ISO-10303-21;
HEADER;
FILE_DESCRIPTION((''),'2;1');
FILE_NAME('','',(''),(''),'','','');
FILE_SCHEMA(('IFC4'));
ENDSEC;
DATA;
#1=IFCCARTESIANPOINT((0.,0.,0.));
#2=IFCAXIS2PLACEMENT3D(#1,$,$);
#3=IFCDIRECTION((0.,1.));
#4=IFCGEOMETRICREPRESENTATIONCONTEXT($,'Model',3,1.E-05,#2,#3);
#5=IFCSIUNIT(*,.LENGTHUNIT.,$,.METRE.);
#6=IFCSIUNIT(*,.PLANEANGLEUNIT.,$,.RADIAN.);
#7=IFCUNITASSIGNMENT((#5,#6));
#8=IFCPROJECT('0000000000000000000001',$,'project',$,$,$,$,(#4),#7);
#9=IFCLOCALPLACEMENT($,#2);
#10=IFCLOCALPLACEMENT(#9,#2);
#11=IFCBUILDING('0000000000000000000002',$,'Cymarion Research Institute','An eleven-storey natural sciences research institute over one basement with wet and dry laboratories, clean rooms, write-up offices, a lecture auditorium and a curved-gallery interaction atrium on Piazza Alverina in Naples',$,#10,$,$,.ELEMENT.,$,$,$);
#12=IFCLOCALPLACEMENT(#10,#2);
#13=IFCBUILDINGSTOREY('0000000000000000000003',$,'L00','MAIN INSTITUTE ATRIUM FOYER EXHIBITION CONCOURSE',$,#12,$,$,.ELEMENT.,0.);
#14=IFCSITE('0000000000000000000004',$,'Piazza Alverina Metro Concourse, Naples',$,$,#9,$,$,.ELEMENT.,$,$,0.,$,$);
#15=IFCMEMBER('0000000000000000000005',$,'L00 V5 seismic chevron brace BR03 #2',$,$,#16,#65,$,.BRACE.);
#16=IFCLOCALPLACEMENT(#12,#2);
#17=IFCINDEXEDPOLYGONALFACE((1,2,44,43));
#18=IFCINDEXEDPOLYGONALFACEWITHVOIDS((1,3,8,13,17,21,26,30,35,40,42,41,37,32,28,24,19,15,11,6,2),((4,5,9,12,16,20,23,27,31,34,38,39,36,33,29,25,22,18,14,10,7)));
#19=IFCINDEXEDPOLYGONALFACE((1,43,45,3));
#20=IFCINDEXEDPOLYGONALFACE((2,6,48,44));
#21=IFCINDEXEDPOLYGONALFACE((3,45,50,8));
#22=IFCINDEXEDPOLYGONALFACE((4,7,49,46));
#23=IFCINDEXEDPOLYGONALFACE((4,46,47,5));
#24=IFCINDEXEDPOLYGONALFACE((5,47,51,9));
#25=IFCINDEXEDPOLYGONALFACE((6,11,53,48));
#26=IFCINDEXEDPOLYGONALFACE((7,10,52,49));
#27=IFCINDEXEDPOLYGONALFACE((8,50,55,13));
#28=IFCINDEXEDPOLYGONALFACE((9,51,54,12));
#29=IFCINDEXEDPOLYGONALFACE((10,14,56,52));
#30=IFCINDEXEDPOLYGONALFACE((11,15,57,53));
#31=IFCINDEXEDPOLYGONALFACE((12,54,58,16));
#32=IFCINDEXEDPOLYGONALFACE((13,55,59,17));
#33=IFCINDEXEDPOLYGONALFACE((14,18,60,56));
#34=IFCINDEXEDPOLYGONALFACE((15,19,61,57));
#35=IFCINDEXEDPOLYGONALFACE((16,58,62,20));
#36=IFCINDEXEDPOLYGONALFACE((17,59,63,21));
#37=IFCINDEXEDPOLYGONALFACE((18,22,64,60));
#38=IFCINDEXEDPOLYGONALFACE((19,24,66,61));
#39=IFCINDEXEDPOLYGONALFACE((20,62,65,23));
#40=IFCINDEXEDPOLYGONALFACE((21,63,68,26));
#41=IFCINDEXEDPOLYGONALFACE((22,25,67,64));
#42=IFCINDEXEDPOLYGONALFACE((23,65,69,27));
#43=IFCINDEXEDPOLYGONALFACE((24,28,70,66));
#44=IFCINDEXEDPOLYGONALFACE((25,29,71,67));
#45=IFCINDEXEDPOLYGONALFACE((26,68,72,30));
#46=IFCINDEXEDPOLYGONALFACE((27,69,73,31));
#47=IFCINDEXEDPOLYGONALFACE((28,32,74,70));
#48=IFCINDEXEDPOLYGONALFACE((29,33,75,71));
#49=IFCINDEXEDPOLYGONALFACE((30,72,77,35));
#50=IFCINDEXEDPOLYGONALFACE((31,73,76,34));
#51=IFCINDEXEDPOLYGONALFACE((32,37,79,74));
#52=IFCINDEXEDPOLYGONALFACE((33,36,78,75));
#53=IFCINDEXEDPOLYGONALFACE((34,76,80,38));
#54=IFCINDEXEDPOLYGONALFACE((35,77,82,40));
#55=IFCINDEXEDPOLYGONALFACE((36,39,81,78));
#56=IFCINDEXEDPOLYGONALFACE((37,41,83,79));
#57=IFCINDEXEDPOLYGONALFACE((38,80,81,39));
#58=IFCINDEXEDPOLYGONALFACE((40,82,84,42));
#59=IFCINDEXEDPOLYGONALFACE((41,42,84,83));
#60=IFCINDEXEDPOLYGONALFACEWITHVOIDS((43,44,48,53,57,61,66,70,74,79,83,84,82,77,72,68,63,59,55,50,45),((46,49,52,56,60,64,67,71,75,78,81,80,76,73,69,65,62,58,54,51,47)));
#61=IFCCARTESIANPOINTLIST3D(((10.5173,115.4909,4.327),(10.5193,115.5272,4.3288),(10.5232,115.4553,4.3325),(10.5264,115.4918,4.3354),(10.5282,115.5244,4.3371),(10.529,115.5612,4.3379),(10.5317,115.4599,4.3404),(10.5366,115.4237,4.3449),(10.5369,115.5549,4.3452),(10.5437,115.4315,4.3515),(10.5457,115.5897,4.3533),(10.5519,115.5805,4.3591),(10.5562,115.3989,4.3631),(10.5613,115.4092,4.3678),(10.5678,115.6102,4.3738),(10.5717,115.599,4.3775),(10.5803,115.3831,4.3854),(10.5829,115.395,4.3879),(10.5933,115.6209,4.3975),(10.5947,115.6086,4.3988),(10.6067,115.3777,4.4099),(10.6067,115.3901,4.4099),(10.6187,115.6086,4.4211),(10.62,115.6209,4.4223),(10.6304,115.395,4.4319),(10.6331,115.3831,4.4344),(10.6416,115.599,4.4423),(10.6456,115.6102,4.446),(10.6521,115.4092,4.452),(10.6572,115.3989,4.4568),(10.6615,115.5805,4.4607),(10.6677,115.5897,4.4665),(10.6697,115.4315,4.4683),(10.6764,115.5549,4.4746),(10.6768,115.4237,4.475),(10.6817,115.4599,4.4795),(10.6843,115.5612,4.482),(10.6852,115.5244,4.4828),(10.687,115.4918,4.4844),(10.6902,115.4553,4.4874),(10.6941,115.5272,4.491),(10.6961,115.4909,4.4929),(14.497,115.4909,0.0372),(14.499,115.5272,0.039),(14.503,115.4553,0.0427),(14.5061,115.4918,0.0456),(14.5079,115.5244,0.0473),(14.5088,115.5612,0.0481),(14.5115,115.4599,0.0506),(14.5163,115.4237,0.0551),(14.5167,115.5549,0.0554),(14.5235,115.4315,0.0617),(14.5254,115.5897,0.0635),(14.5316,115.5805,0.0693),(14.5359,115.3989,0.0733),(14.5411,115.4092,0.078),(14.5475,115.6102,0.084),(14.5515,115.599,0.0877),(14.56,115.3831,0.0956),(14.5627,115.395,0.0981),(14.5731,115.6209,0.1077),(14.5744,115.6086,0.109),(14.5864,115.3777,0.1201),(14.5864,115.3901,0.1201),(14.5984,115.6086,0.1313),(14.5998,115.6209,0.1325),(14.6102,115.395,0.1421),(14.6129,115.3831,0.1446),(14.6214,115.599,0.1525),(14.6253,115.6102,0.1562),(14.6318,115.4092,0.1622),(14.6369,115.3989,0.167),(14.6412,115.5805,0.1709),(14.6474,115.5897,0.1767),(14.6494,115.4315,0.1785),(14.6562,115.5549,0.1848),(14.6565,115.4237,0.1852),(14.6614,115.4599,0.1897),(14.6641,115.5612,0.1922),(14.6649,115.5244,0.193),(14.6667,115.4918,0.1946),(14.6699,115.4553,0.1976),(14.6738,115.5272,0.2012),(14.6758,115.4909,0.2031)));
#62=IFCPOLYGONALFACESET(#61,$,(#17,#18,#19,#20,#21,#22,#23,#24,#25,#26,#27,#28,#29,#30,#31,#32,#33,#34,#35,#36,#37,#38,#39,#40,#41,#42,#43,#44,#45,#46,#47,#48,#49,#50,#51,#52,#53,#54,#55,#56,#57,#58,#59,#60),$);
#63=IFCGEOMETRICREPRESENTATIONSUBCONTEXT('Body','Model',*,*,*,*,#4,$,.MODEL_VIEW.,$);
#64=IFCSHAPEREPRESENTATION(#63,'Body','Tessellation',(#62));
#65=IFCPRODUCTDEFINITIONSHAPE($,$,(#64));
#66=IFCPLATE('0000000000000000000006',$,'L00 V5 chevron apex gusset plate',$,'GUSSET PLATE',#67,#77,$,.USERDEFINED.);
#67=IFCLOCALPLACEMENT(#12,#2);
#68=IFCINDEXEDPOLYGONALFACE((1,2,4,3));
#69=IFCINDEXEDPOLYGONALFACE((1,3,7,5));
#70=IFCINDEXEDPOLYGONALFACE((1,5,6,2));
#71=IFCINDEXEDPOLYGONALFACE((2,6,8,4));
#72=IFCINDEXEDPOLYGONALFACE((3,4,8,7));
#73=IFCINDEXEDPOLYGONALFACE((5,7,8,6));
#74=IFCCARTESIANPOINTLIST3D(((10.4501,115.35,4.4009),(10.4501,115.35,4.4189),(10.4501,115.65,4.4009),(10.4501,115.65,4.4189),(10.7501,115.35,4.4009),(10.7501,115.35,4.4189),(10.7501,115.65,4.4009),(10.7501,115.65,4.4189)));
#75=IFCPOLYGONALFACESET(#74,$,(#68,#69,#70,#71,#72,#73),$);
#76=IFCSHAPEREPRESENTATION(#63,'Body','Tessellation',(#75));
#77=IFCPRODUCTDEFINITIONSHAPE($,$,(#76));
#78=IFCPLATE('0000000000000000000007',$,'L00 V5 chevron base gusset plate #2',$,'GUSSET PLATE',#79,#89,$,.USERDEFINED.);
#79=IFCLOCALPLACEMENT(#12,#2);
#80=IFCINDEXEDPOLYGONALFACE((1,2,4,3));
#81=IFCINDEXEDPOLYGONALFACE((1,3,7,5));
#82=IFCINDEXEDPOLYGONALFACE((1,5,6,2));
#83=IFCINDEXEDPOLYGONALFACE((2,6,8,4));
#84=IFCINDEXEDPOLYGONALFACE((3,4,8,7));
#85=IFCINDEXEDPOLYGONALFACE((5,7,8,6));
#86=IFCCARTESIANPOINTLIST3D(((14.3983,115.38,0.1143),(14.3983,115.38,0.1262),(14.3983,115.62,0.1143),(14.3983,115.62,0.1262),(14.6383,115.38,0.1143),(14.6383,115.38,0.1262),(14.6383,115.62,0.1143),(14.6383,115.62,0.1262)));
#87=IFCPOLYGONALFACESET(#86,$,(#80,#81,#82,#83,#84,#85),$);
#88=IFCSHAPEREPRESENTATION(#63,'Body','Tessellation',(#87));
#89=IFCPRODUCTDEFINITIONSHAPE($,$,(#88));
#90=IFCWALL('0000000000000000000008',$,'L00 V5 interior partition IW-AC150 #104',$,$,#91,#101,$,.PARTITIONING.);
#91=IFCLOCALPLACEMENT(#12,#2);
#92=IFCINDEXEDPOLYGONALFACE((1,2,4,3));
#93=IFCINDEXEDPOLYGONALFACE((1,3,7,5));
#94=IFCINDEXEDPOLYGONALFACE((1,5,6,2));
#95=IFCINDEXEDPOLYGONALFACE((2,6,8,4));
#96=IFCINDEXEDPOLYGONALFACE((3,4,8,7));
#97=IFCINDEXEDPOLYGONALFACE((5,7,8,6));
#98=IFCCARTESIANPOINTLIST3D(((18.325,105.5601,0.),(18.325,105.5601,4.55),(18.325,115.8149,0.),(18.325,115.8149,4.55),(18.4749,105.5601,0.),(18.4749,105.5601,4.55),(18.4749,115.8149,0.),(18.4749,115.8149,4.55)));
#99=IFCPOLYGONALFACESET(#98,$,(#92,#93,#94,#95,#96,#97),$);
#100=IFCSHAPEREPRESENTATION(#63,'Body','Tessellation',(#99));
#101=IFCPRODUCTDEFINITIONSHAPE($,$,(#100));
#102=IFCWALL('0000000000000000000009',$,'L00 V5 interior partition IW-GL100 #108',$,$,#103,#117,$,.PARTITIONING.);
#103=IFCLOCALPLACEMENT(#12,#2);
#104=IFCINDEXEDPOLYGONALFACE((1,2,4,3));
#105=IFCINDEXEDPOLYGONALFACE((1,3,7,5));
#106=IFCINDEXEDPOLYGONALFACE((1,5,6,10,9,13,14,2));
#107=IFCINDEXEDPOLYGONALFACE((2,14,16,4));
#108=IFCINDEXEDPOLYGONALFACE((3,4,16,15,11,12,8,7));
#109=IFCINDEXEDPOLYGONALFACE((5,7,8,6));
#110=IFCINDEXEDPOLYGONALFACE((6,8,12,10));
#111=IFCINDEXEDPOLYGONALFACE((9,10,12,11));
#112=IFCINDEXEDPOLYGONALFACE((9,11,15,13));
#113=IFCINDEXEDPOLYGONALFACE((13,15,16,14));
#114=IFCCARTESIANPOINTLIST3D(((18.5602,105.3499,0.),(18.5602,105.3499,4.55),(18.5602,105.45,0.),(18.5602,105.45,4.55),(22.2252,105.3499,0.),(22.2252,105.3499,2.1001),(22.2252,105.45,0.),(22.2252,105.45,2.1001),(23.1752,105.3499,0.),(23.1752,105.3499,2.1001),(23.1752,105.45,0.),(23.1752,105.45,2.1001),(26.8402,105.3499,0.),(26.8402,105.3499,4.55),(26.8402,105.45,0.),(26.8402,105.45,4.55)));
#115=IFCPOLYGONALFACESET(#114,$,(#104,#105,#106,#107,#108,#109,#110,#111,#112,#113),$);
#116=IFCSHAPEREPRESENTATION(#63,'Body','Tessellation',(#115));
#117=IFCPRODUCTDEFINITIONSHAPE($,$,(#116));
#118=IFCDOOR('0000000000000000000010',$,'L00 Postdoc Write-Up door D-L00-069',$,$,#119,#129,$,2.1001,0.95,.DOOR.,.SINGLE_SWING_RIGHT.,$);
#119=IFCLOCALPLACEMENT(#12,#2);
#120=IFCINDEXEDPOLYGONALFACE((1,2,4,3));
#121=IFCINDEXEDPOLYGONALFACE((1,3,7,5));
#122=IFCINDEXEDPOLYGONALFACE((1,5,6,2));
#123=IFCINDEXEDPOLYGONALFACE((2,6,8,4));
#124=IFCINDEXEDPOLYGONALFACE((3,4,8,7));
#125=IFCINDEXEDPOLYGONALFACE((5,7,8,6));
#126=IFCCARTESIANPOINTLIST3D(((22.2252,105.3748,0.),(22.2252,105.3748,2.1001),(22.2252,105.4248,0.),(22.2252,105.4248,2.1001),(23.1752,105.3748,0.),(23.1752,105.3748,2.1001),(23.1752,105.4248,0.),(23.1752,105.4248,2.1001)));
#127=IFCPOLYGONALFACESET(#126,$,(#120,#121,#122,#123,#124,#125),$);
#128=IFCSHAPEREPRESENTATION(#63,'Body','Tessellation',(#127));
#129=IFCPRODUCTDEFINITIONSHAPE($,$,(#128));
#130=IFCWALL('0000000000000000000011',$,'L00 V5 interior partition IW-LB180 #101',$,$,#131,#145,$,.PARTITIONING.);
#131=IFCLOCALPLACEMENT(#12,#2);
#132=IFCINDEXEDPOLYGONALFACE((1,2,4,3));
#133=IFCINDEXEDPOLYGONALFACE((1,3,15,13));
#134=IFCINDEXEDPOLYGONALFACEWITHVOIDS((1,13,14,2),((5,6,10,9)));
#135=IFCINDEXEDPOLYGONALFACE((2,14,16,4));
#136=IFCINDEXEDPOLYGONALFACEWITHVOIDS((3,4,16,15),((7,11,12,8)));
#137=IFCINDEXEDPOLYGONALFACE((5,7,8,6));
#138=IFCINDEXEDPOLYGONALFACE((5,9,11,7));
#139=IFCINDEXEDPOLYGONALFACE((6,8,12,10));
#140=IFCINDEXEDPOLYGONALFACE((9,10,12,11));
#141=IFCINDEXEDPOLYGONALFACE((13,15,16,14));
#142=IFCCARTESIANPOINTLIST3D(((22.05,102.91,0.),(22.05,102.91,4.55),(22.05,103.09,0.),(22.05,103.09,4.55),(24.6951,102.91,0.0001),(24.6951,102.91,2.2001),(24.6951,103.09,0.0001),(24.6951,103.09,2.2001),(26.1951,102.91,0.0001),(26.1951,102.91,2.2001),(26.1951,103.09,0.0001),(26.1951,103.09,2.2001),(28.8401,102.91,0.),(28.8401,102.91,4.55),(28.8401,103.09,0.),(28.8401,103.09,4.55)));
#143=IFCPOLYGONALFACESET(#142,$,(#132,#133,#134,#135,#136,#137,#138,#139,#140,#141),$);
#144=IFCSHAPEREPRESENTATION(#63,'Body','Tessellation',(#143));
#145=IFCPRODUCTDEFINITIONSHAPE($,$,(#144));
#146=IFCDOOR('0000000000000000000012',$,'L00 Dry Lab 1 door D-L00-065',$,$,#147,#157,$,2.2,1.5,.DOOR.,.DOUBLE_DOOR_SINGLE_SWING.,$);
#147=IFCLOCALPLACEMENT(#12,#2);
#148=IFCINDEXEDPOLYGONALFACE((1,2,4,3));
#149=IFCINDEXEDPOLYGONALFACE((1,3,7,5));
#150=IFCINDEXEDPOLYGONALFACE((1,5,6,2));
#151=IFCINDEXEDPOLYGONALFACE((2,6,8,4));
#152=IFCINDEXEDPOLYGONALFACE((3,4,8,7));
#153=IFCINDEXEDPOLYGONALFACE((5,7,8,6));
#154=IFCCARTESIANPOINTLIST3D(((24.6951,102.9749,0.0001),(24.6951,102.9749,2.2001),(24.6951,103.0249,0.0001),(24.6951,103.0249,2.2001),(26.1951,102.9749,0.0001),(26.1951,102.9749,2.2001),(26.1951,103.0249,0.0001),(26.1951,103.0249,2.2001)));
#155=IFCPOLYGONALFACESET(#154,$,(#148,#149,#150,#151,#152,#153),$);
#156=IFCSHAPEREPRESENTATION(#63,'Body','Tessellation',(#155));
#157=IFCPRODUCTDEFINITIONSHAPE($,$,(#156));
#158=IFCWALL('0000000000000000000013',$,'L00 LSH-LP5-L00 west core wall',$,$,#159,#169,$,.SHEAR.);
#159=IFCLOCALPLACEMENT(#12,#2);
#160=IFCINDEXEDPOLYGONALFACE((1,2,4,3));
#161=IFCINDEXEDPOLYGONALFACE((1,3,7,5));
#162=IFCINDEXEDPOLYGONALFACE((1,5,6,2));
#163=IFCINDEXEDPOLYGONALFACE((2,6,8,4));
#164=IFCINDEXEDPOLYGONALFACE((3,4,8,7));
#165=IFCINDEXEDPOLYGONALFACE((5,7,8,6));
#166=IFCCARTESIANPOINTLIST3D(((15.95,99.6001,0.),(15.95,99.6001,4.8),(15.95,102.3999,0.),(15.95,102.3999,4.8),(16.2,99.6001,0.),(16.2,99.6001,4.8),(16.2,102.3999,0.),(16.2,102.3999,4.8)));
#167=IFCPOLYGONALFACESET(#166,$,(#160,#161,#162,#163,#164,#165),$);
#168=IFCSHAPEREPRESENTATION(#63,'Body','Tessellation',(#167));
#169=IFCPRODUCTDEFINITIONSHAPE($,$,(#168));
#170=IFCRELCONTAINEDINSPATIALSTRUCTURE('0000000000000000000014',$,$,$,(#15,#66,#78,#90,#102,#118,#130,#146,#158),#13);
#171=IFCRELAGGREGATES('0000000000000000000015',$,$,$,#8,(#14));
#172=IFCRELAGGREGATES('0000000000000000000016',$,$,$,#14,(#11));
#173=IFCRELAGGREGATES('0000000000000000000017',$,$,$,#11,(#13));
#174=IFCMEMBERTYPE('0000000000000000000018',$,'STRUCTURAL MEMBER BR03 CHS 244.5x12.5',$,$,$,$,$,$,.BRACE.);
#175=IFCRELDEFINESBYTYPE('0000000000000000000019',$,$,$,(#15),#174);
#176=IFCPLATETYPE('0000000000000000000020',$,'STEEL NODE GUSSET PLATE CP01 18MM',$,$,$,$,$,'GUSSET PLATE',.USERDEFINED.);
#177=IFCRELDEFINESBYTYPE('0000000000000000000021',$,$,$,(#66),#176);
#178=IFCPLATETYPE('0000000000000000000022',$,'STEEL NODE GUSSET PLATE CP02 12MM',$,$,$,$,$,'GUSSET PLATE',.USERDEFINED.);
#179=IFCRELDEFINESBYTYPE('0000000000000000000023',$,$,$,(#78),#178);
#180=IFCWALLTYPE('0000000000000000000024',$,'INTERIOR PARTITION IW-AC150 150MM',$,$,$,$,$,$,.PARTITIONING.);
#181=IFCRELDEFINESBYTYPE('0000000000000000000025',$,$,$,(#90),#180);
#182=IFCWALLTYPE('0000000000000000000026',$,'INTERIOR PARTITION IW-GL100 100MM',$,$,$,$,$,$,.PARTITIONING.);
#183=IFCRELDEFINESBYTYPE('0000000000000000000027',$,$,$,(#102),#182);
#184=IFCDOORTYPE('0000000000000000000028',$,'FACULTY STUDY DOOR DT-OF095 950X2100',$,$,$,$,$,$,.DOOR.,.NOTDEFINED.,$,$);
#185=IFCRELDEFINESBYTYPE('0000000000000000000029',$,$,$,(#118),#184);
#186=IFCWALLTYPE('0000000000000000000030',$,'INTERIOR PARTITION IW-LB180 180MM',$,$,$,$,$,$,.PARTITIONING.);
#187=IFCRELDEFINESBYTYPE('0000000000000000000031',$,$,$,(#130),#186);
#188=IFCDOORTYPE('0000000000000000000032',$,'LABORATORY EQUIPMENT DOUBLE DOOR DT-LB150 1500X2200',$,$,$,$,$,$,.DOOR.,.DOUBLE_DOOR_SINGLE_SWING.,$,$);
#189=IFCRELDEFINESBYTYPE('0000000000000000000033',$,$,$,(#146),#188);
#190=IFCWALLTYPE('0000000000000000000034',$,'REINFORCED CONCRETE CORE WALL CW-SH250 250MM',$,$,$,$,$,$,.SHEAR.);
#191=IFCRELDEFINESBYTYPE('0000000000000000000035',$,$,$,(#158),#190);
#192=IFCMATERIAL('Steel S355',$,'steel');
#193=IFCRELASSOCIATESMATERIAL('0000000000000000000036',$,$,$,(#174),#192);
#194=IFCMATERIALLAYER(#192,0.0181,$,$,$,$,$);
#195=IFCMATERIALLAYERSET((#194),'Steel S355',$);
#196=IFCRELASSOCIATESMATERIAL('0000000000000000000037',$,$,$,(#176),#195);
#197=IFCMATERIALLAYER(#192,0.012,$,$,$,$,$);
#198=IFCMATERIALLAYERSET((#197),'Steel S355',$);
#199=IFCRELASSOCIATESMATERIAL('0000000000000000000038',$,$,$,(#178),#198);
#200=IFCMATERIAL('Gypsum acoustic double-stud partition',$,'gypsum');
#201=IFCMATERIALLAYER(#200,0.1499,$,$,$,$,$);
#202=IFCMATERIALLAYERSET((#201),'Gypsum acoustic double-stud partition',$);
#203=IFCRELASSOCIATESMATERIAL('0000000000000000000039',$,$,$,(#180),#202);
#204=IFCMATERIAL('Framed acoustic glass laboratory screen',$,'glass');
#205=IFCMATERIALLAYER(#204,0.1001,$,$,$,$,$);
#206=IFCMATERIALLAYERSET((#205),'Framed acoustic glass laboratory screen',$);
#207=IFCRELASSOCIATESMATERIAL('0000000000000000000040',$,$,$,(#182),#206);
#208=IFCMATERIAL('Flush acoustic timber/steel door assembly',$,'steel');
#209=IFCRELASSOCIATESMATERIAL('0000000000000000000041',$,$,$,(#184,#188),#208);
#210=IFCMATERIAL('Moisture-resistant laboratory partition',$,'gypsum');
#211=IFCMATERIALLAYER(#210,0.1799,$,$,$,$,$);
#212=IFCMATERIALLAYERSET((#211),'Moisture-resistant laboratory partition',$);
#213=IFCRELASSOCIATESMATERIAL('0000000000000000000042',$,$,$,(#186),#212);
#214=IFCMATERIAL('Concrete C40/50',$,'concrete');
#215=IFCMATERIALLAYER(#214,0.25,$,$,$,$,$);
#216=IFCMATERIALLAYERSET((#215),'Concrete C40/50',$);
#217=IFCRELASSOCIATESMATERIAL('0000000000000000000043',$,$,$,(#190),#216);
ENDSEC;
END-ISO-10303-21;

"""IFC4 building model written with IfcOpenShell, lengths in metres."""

from ifc_helpers import new_model, si_unit, direction, frame, frame_2d, origin, origin_2d, place, context, subcontext, project, spatial, rectangle, hollow_circle, extrude, material, layer, layer_set, material_profile, profile_set, type_object, element, fill, save


model = new_model("IFC4")

# Units and contexts
model_context = context("Model", 3, precision=1e-05, world=origin(), true_north=direction((0.0, 1.0)))
body_context = subcontext(model_context, "Body", "Model", "MODEL_VIEW")
ifc_project = project(units=[si_unit("LENGTHUNIT", "METRE"), si_unit("PLANEANGLEUNIT", "RADIAN")], contexts=[model_context])

# Site, building, storey
site_placement = place(None, origin())
site = spatial("IfcSite", under=ifc_project, at=site_placement, Name="Piazza Alverina Metro Concourse, Naples", CompositionType="ELEMENT", RefElevation=0.0)
building_placement = place(site_placement, origin())
building = spatial("IfcBuilding", under=site, at=building_placement, Name="Cymarion Research Institute", Description="An eleven-storey natural sciences research institute over one basement with wet and dry laboratories, clean rooms, write-up offices, a lecture auditorium and a curved-gallery interaction atrium on Piazza Alverina in Naples", CompositionType="ELEMENT")
storey_placement = place(building_placement, origin())
storey = spatial("IfcBuildingStorey", under=building, at=storey_placement, Name="L00", Description="MAIN INSTITUTE ATRIUM FOYER EXHIBITION CONCOURSE", CompositionType="ELEMENT", Elevation=0.0)

# Shared definitions
ifc_material_1 = material(Name="Steel S355", Category="steel")

# Member
ifc_material_profile_1 = material_profile(ifc_material_1, hollow_circle(Radius=0.1223, WallThickness=0.0125, at=origin_2d()), Name="CHS 244.5x12.5")
ifc_profile_set_1 = profile_set([ifc_material_profile_1], Name="Steel S355")
member_type = type_object("IfcMemberType", Name="STRUCTURAL MEMBER BR03 CHS 244.5x12.5", PredefinedType="BRACE", material=ifc_profile_set_1)
member_placement = place(storey_placement, frame((14.5864, 115.5, 0.1201), z_axis=(-0.680117, 0.0, 0.733104), x_axis=(0.0, -1.0, 0.0)))
element("IfcMember", 1, at=member_placement, inside=storey, type_object=member_type, Name="L00 V5 seismic chevron brace BR03 #2", PredefinedType="BRACE", context=body_context, shape_type="SweptSolid", body=[
    extrude(hollow_circle(Radius=0.1223, WallThickness=0.0125, at=origin_2d()), origin(), (0.0, 0.0, 1.0), 5.8516),
])

# Plates
ifc_layer_1 = layer(ifc_material_1, 0.0181)
ifc_layer_set_1 = layer_set([ifc_layer_1], Name="Steel S355")
plate_type_1 = type_object("IfcPlateType", Name="STEEL NODE GUSSET PLATE CP01 18MM", ElementType="GUSSET PLATE", PredefinedType="USERDEFINED", material=ifc_layer_set_1)
plate_1_placement = place(storey_placement, frame((10.6001, 115.5, 4.4009), z_axis=(0.0, 0.0, 1.0), x_axis=(1.0, 0.0, 0.0)))
element("IfcPlate", 2, at=plate_1_placement, inside=storey, type_object=plate_type_1, Name="L00 V5 chevron apex gusset plate", ObjectType="GUSSET PLATE", PredefinedType="USERDEFINED", context=body_context, shape_type="SweptSolid", body=[
    extrude(rectangle(XDim=0.3, YDim=0.3, at=origin_2d()), origin(), (0.0, 0.0, 1.0), 0.0181),
])
ifc_layer_2 = layer(ifc_material_1, 0.012)
ifc_layer_set_2 = layer_set([ifc_layer_2], Name="Steel S355")
plate_type_2 = type_object("IfcPlateType", Name="STEEL NODE GUSSET PLATE CP02 12MM", ElementType="GUSSET PLATE", PredefinedType="USERDEFINED", material=ifc_layer_set_2)
plate_2_placement = place(storey_placement, frame((14.5183, 115.5, 0.1143), z_axis=(0.0, 0.0, 1.0), x_axis=(1.0, 0.0, 0.0)))
element("IfcPlate", 3, at=plate_2_placement, inside=storey, type_object=plate_type_2, Name="L00 V5 chevron base gusset plate #2", ObjectType="GUSSET PLATE", PredefinedType="USERDEFINED", context=body_context, shape_type="SweptSolid", body=[
    extrude(rectangle(XDim=0.24, YDim=0.24, at=origin_2d()), origin(), (0.0, 0.0, 1.0), 0.012),
])

# Wall
ifc_material_2 = material(Name="Gypsum acoustic double-stud partition", Category="gypsum")
ifc_layer_3 = layer(ifc_material_2, 0.1499)
ifc_layer_set_3 = layer_set([ifc_layer_3], Name="Gypsum acoustic double-stud partition")
wall_type_1 = type_object("IfcWallType", Name="INTERIOR PARTITION IW-AC150 150MM", PredefinedType="PARTITIONING", material=ifc_layer_set_3)
wall_1_placement = place(storey_placement, frame((18.3999, 105.5601, 0.0), z_axis=(0.0, 0.0, 1.0), x_axis=(0.0, 1.0, 0.0)))
element("IfcWall", 4, at=wall_1_placement, inside=storey, type_object=wall_type_1, Name="L00 V5 interior partition IW-AC150 #104", PredefinedType="PARTITIONING", context=body_context, shape_type="SweptSolid", body=[
    extrude(rectangle(XDim=10.2549, YDim=0.1499, at=frame_2d((5.1274, 0.0))), origin(), (0.0, 0.0, 1.0), 4.55),
])

# Walls, openings, doors
ifc_material_3 = material(Name="Framed acoustic glass laboratory screen", Category="glass")
ifc_layer_4 = layer(ifc_material_3, 0.1001)
ifc_layer_set_4 = layer_set([ifc_layer_4], Name="Framed acoustic glass laboratory screen")
wall_type_2 = type_object("IfcWallType", Name="INTERIOR PARTITION IW-GL100 100MM", PredefinedType="PARTITIONING", material=ifc_layer_set_4)
wall_2_placement = place(storey_placement, frame((18.5601, 105.3999, 0.0), z_axis=(0.0, 0.0, 1.0), x_axis=(1.0, 0.0, 0.0)))
wall_2 = element("IfcWall", 5, at=wall_2_placement, inside=storey, type_object=wall_type_2, Name="L00 V5 interior partition IW-GL100 #108", PredefinedType="PARTITIONING", context=body_context, shape_type="SweptSolid", body=[
    extrude(rectangle(XDim=8.28, YDim=0.1001, at=frame_2d((4.1401, 0.0))), origin(), (0.0, 0.0, 1.0), 4.55),
])
opening_1_placement = place(wall_2_placement, frame((3.665, 0.0, 0.0)))
opening_1 = element("IfcOpeningElement", 6, at=opening_1_placement, cuts=wall_2, PredefinedType="OPENING", context=body_context, shape_type="SweptSolid", body=[
    extrude(rectangle(XDim=0.95, YDim=2.1001, at=frame_2d((0.4751, 1.05))), frame((0.0, 0.0601, 0.0), z_axis=(0.0, -1.0, 0.0), x_axis=(1.0, 0.0, 0.0)), (0.0, 0.0, 1.0), 0.1201),
])
ifc_material_4 = material(Name="Flush acoustic timber/steel door assembly", Category="steel")
door_type_1 = type_object("IfcDoorType", Name="FACULTY STUDY DOOR DT-OF095 950X2100", OperationType="NOTDEFINED", PredefinedType="DOOR", material=ifc_material_4)
door_1_placement = place(opening_1_placement, origin())
door_1 = element("IfcDoor", 7, at=door_1_placement, inside=storey, type_object=door_type_1, Name="L00 Postdoc Write-Up door D-L00-069", OperationType="SINGLE_SWING_RIGHT", OverallHeight=2.1001, OverallWidth=0.95, PredefinedType="DOOR", context=body_context, shape_type="SweptSolid", body=[
    extrude(rectangle(XDim=0.95, YDim=2.1001, at=frame_2d((0.4751, 1.05))), frame((0.0, 0.0249, 0.0), z_axis=(0.0, -1.0, 0.0), x_axis=(1.0, 0.0, 0.0)), (0.0, 0.0, 1.0), 0.05),
])
fill(opening_1, door_1)
ifc_material_5 = material(Name="Moisture-resistant laboratory partition", Category="gypsum")
ifc_layer_5 = layer(ifc_material_5, 0.1799)
ifc_layer_set_5 = layer_set([ifc_layer_5], Name="Moisture-resistant laboratory partition")
wall_type_3 = type_object("IfcWallType", Name="INTERIOR PARTITION IW-LB180 180MM", PredefinedType="PARTITIONING", material=ifc_layer_set_5)
wall_3_placement = place(storey_placement, frame((22.05, 103.0, 0.0), z_axis=(0.0, 0.0, 1.0), x_axis=(1.0, 0.0, 0.0)))
wall_3 = element("IfcWall", 8, at=wall_3_placement, inside=storey, type_object=wall_type_3, Name="L00 V5 interior partition IW-LB180 #101", PredefinedType="PARTITIONING", context=body_context, shape_type="SweptSolid", body=[
    extrude(rectangle(XDim=6.79, YDim=0.1799, at=frame_2d((3.395, 0.0))), origin(), (0.0, 0.0, 1.0), 4.55),
])
opening_2_placement = place(wall_3_placement, frame((2.645, 0.0, 0.0)))
opening_2 = element("IfcOpeningElement", 9, at=opening_2_placement, cuts=wall_3, PredefinedType="OPENING", context=body_context, shape_type="SweptSolid", body=[
    extrude(rectangle(XDim=1.5, YDim=2.2, at=frame_2d((0.75, 1.1001))), frame((0.0, 0.0999, 0.0), z_axis=(0.0, -1.0, 0.0), x_axis=(1.0, 0.0, 0.0)), (0.0, 0.0, 1.0), 0.2),
])
door_type_2 = type_object("IfcDoorType", Name="LABORATORY EQUIPMENT DOUBLE DOOR DT-LB150 1500X2200", OperationType="DOUBLE_DOOR_SINGLE_SWING", PredefinedType="DOOR", material=ifc_material_4)
door_2_placement = place(opening_2_placement, origin())
door_2 = element("IfcDoor", 10, at=door_2_placement, inside=storey, type_object=door_type_2, Name="L00 Dry Lab 1 door D-L00-065", OperationType="DOUBLE_DOOR_SINGLE_SWING", OverallHeight=2.2, OverallWidth=1.5, PredefinedType="DOOR", context=body_context, shape_type="SweptSolid", body=[
    extrude(rectangle(XDim=1.5, YDim=2.2, at=frame_2d((0.75, 1.1001))), frame((0.0, 0.0249, 0.0), z_axis=(0.0, -1.0, 0.0), x_axis=(1.0, 0.0, 0.0)), (0.0, 0.0, 1.0), 0.05),
])
fill(opening_2, door_2)
ifc_material_6 = material(Name="Concrete C40/50", Category="concrete")
ifc_layer_6 = layer(ifc_material_6, 0.25)
ifc_layer_set_6 = layer_set([ifc_layer_6], Name="Concrete C40/50")
wall_type_4 = type_object("IfcWallType", Name="REINFORCED CONCRETE CORE WALL CW-SH250 250MM", PredefinedType="SHEAR", material=ifc_layer_set_6)

# Wall
wall_4_placement = place(storey_placement, frame((16.075, 102.3999, 0.0), z_axis=(0.0, 0.0, 1.0), x_axis=(0.0, -1.0, 0.0)))
element("IfcWall", 11, at=wall_4_placement, inside=storey, type_object=wall_type_4, Name="L00 LSH-LP5-L00 west core wall", PredefinedType="SHEAR", context=body_context, shape_type="SweptSolid", body=[
    extrude(rectangle(XDim=2.7998, YDim=0.25, at=frame_2d((1.3999, 0.0))), origin(), (0.0, 0.0, 1.0), 4.8),
])

save(model, "model.ifc")
